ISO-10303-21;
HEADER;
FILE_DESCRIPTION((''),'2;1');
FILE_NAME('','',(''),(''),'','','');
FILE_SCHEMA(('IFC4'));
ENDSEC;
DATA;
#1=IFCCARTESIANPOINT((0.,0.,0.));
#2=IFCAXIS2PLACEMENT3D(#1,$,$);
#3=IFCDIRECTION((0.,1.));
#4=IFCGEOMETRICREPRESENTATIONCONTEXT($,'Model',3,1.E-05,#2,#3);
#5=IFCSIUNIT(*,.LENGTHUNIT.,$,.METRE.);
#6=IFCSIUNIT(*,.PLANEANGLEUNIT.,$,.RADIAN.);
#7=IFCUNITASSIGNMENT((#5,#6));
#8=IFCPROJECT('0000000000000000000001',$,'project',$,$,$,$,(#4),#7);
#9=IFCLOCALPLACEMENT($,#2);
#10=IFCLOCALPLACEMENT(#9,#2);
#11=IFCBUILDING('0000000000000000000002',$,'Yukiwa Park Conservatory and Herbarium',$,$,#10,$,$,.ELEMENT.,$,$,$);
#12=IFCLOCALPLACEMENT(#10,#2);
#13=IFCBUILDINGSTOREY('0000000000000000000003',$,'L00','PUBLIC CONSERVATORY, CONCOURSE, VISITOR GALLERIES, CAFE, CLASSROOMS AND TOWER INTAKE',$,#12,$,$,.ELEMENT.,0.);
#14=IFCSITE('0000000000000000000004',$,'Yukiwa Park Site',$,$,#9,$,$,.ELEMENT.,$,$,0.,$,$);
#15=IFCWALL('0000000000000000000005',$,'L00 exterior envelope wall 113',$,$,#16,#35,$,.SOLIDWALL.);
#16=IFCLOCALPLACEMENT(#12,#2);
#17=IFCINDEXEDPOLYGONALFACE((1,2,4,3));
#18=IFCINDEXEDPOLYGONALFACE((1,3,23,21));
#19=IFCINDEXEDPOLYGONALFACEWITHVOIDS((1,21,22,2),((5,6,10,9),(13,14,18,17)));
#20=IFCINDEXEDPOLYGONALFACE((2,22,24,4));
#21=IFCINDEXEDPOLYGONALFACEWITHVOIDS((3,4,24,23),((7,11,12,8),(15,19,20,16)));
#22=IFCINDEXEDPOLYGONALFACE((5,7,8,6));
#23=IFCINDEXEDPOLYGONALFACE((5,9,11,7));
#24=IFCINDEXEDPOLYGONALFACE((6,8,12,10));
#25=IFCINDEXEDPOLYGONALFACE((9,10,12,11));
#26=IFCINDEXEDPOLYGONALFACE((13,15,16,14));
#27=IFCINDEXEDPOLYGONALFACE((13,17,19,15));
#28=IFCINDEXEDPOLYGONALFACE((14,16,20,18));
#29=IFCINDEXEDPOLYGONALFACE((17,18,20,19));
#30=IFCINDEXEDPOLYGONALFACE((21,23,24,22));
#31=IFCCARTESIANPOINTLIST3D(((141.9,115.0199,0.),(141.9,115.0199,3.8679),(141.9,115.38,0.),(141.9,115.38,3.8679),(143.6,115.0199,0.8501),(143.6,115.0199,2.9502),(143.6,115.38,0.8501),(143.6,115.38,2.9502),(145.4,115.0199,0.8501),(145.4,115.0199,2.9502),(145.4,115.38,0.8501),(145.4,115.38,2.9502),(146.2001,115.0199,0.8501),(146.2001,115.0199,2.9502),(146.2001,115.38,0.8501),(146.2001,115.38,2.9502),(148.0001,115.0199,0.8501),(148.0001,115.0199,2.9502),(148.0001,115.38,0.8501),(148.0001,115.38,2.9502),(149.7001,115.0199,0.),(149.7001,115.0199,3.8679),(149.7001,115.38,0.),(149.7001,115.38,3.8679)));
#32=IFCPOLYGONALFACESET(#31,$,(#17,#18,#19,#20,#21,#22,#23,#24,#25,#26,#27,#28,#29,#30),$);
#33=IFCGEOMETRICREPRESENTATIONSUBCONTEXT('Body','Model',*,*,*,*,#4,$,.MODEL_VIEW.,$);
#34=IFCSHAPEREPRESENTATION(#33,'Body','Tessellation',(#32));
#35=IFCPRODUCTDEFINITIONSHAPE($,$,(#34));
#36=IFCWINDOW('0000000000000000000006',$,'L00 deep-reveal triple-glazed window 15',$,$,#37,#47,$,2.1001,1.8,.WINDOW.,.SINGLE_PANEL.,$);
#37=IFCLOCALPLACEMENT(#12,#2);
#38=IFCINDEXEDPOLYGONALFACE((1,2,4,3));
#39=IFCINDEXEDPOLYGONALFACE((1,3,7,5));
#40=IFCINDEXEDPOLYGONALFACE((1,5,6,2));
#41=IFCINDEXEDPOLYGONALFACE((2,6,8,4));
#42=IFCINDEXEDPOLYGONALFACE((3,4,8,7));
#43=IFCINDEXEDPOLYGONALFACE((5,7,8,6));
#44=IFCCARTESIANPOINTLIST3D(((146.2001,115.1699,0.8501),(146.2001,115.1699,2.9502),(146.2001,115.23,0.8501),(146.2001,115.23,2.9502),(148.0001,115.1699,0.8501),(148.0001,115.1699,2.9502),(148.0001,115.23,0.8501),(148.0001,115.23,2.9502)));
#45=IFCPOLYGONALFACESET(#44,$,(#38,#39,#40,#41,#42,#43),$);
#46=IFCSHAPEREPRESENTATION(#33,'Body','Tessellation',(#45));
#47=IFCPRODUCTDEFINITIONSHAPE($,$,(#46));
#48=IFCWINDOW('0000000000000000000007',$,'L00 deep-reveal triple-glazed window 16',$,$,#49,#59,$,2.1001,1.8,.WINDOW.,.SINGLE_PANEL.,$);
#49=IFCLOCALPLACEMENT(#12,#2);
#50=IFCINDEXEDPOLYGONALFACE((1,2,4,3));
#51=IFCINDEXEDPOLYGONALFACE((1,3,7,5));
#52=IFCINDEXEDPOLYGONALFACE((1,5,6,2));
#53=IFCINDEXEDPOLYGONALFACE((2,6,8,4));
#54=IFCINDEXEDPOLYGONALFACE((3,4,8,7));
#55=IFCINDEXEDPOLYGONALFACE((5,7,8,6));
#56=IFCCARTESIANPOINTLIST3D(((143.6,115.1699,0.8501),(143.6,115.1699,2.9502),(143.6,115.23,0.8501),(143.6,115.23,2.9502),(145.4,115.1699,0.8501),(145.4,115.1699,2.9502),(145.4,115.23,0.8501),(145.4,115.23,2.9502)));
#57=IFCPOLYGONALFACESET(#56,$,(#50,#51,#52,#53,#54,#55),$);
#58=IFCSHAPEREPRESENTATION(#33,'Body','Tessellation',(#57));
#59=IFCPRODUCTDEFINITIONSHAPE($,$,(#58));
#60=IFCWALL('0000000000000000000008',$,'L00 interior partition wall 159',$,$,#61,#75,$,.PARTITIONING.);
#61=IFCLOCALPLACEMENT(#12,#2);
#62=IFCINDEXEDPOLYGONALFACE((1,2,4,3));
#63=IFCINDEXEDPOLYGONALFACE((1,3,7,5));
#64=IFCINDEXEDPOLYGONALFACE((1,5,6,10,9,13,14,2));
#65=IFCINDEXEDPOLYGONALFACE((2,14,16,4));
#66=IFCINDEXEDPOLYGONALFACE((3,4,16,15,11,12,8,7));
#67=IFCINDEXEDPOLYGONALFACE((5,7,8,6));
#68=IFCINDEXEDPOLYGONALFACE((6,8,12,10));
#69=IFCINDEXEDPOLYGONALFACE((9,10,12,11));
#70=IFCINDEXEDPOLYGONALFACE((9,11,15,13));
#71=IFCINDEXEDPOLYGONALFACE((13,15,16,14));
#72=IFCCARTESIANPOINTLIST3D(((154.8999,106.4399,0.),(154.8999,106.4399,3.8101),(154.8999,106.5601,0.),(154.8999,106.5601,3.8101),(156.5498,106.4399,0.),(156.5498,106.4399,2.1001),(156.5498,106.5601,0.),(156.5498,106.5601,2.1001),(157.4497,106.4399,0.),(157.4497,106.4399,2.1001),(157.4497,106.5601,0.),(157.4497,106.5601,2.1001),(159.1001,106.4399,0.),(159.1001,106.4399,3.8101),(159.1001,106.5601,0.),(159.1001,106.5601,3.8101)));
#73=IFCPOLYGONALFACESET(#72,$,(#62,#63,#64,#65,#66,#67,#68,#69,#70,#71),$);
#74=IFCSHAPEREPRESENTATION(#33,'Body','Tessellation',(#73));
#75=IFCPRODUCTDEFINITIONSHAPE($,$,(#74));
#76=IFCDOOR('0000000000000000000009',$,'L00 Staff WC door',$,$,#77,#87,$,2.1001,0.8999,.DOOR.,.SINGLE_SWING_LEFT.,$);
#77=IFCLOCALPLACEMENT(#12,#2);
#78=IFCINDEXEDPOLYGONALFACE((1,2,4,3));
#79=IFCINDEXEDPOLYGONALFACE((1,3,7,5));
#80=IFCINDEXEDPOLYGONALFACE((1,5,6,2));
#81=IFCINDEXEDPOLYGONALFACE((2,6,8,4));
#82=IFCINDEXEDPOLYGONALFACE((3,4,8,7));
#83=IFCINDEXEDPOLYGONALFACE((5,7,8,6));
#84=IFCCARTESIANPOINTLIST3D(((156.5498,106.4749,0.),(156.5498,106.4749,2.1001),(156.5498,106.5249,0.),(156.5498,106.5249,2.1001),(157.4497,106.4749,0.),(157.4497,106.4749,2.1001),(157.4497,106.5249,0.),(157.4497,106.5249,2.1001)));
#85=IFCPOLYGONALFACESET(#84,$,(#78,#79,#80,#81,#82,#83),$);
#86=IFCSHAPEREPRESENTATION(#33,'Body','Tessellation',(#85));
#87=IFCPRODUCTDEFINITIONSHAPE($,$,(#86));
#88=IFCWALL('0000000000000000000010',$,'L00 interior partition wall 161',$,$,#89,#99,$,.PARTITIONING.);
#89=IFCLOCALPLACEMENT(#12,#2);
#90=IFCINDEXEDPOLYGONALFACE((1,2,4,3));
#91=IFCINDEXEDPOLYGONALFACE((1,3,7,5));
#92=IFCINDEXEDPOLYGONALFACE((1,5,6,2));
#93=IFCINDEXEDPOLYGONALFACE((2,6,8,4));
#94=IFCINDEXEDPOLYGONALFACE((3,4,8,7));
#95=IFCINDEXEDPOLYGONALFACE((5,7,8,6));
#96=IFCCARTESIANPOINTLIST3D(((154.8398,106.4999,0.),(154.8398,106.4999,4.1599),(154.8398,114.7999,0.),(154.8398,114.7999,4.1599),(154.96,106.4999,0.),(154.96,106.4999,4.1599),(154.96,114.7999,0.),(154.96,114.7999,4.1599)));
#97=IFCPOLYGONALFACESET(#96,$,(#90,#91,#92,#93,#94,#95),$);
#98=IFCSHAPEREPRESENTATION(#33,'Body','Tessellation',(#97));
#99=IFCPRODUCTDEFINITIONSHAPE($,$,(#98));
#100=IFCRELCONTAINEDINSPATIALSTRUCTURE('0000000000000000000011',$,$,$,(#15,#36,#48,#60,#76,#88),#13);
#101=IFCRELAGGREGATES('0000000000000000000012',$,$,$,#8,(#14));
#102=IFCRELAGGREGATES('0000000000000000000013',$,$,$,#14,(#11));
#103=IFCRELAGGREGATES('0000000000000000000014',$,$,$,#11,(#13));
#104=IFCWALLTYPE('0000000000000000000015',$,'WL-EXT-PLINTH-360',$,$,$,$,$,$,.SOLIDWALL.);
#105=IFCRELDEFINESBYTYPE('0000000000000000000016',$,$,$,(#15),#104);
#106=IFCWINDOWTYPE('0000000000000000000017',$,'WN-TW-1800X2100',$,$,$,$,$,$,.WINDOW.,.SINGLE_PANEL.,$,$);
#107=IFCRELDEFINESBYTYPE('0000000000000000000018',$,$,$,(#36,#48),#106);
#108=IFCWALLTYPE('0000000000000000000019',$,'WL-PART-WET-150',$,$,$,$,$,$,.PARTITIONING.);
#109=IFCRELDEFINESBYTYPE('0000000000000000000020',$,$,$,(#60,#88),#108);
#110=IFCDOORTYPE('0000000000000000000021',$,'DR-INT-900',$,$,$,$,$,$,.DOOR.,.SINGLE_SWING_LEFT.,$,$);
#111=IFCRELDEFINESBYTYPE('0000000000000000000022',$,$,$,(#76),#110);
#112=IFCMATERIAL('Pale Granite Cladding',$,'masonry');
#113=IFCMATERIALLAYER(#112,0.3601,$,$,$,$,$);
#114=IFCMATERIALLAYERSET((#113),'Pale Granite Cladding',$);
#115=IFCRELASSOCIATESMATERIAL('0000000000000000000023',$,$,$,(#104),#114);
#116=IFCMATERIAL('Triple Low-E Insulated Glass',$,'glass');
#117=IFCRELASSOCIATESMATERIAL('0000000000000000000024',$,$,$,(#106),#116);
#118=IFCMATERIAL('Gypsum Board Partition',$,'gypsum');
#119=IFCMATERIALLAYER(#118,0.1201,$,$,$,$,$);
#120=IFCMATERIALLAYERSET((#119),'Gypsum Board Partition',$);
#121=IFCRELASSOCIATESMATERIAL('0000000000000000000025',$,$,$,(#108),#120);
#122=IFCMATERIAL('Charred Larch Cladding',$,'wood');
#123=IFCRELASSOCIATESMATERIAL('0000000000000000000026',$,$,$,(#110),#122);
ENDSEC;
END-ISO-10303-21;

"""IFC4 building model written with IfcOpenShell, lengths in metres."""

from ifc_helpers import new_model, si_unit, direction, frame, frame_2d, origin, place, context, subcontext, project, spatial, rectangle, extrude, material, layer, layer_set, type_object, element, fill, save


model = new_model("IFC4")

# Units and contexts
model_context = context("Model", 3, precision=1e-05, world=origin(), true_north=direction((0.0, 1.0)))
body_context = subcontext(model_context, "Body", "Model", "MODEL_VIEW")
ifc_project = project(units=[si_unit("LENGTHUNIT", "METRE"), si_unit("PLANEANGLEUNIT", "RADIAN")], contexts=[model_context])

# Site, building, storey
site_placement = place(None, origin())
site = spatial("IfcSite", under=ifc_project, at=site_placement, Name="Yukiwa Park Site", CompositionType="ELEMENT", RefElevation=0.0)
building_placement = place(site_placement, origin())
building = spatial("IfcBuilding", under=site, at=building_placement, Name="Yukiwa Park Conservatory and Herbarium", CompositionType="ELEMENT")
storey_placement = place(building_placement, origin())
storey = spatial("IfcBuildingStorey", under=building, at=storey_placement, Name="L00", Description="PUBLIC CONSERVATORY, CONCOURSE, VISITOR GALLERIES, CAFE, CLASSROOMS AND TOWER INTAKE", CompositionType="ELEMENT", Elevation=0.0)

# Wall, openings, windows
ifc_material_1 = material(Name="Pale Granite Cladding", Category="masonry")
ifc_layer_1 = layer(ifc_material_1, 0.3601)
ifc_layer_set_1 = layer_set([ifc_layer_1], Name="Pale Granite Cladding")
wall_type_1 = type_object("IfcWallType", Name="WL-EXT-PLINTH-360", PredefinedType="SOLIDWALL", material=ifc_layer_set_1)
wall_1_placement = place(storey_placement, frame((149.7, 115.2, 0.0), z_axis=(0.0, 0.0, 1.0), x_axis=(-1.0, 0.0, 0.0)))
wall_1 = element("IfcWall", 1, at=wall_1_placement, inside=storey, type_object=wall_type_1, Name="L00 exterior envelope wall 113", PredefinedType="SOLIDWALL", context=body_context, shape_type="SweptSolid", body=[
    extrude(rectangle(XDim=7.8, YDim=0.3601, at=frame_2d((3.8999, 0.0))), origin(), (0.0, 0.0, 1.0), 3.8679),
])
opening_1_placement = place(wall_1_placement, frame((1.7, 0.0, 0.8501)))
opening_1 = element("IfcOpeningElement", 2, at=opening_1_placement, cuts=wall_1, PredefinedType="OPENING", context=body_context, shape_type="SweptSolid", body=[
    extrude(rectangle(XDim=1.8, YDim=2.1001, at=frame_2d((0.8999, 1.05))), frame((0.0, 0.1899, 0.0), z_axis=(0.0, -1.0, 0.0), x_axis=(1.0, 0.0, 0.0)), (0.0, 0.0, 1.0), 0.3801),
])
opening_2_placement = place(wall_1_placement, frame((4.3, 0.0, 0.8501)))
opening_2 = element("IfcOpeningElement", 3, at=opening_2_placement, cuts=wall_1, PredefinedType="OPENING", context=body_context, shape_type="SweptSolid", body=[
    extrude(rectangle(XDim=1.8, YDim=2.1001, at=frame_2d((0.8999, 1.05))), frame((0.0, 0.1899, 0.0), z_axis=(0.0, -1.0, 0.0), x_axis=(1.0, 0.0, 0.0)), (0.0, 0.0, 1.0), 0.3801),
])
ifc_material_2 = material(Name="Triple Low-E Insulated Glass", Category="glass")
window_type_1 = type_object("IfcWindowType", Name="WN-TW-1800X2100", PartitioningType="SINGLE_PANEL", PredefinedType="WINDOW", material=ifc_material_2)
window_1_placement = place(opening_1_placement, origin())
window_1 = element("IfcWindow", 4, at=window_1_placement, inside=storey, type_object=window_type_1, Name="L00 deep-reveal triple-glazed window 15", OverallHeight=2.1001, OverallWidth=1.8, PartitioningType="SINGLE_PANEL", PredefinedType="WINDOW", context=body_context, shape_type="SweptSolid", body=[
    extrude(rectangle(XDim=1.8, YDim=2.1001, at=frame_2d((0.8999, 1.05))), frame((0.0, 0.03, 0.0), z_axis=(0.0, -1.0, 0.0), x_axis=(1.0, 0.0, 0.0)), (0.0, 0.0, 1.0), 0.0601),
])
fill(opening_1, window_1)
window_2_placement = place(opening_2_placement, origin())
window_2 = element("IfcWindow", 5, at=window_2_placement, inside=storey, type_object=window_type_1, Name="L00 deep-reveal triple-glazed window 16", OverallHeight=2.1001, OverallWidth=1.8, PartitioningType="SINGLE_PANEL", PredefinedType="WINDOW", context=body_context, shape_type="SweptSolid", body=[
    extrude(rectangle(XDim=1.8, YDim=2.1001, at=frame_2d((0.8999, 1.05))), frame((0.0, 0.03, 0.0), z_axis=(0.0, -1.0, 0.0), x_axis=(1.0, 0.0, 0.0)), (0.0, 0.0, 1.0), 0.0601),
])
fill(opening_2, window_2)

# Wall, opening, door
ifc_material_3 = material(Name="Gypsum Board Partition", Category="gypsum")
ifc_layer_2 = layer(ifc_material_3, 0.1201)
ifc_layer_set_2 = layer_set([ifc_layer_2], Name="Gypsum Board Partition")
wall_type_2 = type_object("IfcWallType", Name="WL-PART-WET-150", PredefinedType="PARTITIONING", material=ifc_layer_set_2)
wall_2_placement = place(storey_placement, frame((154.8999, 106.5, 0.0), z_axis=(0.0, 0.0, 1.0), x_axis=(1.0, 0.0, 0.0)))
wall_2 = element("IfcWall", 6, at=wall_2_placement, inside=storey, type_object=wall_type_2, Name="L00 interior partition wall 159", PredefinedType="PARTITIONING", context=body_context, shape_type="SweptSolid", body=[
    extrude(rectangle(XDim=4.2002, YDim=0.1201, at=frame_2d((2.1001, 0.0))), origin(), (0.0, 0.0, 1.0), 3.8101),
])
opening_3_placement = place(wall_2_placement, frame((1.6499, 0.0, 0.0)))
opening_3 = element("IfcOpeningElement", 7, at=opening_3_placement, cuts=wall_2, PredefinedType="OPENING", context=body_context, shape_type="SweptSolid", body=[
    extrude(rectangle(XDim=0.8999, YDim=2.1001, at=frame_2d((0.45, 1.05))), frame((0.0, 0.0701, 0.0), z_axis=(0.0, -1.0, 0.0), x_axis=(1.0, 0.0, 0.0)), (0.0, 0.0, 1.0), 0.1401),
])
ifc_material_4 = material(Name="Charred Larch Cladding", Category="wood")
door_type = type_object("IfcDoorType", Name="DR-INT-900", OperationType="SINGLE_SWING_LEFT", PredefinedType="DOOR", material=ifc_material_4)
door_placement = place(opening_3_placement, origin())
door = element("IfcDoor", 8, at=door_placement, inside=storey, type_object=door_type, Name="L00 Staff WC door", OperationType="SINGLE_SWING_LEFT", OverallHeight=2.1001, OverallWidth=0.8999, PredefinedType="DOOR", context=body_context, shape_type="SweptSolid", body=[
    extrude(rectangle(XDim=0.8999, YDim=2.1001, at=frame_2d((0.45, 1.05))), frame((0.0, 0.0249, 0.0), z_axis=(0.0, -1.0, 0.0), x_axis=(1.0, 0.0, 0.0)), (0.0, 0.0, 1.0), 0.05),
])
fill(opening_3, door)

# Wall
wall_3_placement = place(storey_placement, frame((154.8999, 106.5, 0.0), z_axis=(0.0, 0.0, 1.0), x_axis=(0.0, 1.0, 0.0)))
element("IfcWall", 9, at=wall_3_placement, inside=storey, type_object=wall_type_2, Name="L00 interior partition wall 161", PredefinedType="PARTITIONING", context=body_context, shape_type="SweptSolid", body=[
    extrude(rectangle(XDim=8.3, YDim=0.1201, at=frame_2d((4.1499, 0.0))), origin(), (0.0, 0.0, 1.0), 4.1599),
])

save(model, "model.ifc")
